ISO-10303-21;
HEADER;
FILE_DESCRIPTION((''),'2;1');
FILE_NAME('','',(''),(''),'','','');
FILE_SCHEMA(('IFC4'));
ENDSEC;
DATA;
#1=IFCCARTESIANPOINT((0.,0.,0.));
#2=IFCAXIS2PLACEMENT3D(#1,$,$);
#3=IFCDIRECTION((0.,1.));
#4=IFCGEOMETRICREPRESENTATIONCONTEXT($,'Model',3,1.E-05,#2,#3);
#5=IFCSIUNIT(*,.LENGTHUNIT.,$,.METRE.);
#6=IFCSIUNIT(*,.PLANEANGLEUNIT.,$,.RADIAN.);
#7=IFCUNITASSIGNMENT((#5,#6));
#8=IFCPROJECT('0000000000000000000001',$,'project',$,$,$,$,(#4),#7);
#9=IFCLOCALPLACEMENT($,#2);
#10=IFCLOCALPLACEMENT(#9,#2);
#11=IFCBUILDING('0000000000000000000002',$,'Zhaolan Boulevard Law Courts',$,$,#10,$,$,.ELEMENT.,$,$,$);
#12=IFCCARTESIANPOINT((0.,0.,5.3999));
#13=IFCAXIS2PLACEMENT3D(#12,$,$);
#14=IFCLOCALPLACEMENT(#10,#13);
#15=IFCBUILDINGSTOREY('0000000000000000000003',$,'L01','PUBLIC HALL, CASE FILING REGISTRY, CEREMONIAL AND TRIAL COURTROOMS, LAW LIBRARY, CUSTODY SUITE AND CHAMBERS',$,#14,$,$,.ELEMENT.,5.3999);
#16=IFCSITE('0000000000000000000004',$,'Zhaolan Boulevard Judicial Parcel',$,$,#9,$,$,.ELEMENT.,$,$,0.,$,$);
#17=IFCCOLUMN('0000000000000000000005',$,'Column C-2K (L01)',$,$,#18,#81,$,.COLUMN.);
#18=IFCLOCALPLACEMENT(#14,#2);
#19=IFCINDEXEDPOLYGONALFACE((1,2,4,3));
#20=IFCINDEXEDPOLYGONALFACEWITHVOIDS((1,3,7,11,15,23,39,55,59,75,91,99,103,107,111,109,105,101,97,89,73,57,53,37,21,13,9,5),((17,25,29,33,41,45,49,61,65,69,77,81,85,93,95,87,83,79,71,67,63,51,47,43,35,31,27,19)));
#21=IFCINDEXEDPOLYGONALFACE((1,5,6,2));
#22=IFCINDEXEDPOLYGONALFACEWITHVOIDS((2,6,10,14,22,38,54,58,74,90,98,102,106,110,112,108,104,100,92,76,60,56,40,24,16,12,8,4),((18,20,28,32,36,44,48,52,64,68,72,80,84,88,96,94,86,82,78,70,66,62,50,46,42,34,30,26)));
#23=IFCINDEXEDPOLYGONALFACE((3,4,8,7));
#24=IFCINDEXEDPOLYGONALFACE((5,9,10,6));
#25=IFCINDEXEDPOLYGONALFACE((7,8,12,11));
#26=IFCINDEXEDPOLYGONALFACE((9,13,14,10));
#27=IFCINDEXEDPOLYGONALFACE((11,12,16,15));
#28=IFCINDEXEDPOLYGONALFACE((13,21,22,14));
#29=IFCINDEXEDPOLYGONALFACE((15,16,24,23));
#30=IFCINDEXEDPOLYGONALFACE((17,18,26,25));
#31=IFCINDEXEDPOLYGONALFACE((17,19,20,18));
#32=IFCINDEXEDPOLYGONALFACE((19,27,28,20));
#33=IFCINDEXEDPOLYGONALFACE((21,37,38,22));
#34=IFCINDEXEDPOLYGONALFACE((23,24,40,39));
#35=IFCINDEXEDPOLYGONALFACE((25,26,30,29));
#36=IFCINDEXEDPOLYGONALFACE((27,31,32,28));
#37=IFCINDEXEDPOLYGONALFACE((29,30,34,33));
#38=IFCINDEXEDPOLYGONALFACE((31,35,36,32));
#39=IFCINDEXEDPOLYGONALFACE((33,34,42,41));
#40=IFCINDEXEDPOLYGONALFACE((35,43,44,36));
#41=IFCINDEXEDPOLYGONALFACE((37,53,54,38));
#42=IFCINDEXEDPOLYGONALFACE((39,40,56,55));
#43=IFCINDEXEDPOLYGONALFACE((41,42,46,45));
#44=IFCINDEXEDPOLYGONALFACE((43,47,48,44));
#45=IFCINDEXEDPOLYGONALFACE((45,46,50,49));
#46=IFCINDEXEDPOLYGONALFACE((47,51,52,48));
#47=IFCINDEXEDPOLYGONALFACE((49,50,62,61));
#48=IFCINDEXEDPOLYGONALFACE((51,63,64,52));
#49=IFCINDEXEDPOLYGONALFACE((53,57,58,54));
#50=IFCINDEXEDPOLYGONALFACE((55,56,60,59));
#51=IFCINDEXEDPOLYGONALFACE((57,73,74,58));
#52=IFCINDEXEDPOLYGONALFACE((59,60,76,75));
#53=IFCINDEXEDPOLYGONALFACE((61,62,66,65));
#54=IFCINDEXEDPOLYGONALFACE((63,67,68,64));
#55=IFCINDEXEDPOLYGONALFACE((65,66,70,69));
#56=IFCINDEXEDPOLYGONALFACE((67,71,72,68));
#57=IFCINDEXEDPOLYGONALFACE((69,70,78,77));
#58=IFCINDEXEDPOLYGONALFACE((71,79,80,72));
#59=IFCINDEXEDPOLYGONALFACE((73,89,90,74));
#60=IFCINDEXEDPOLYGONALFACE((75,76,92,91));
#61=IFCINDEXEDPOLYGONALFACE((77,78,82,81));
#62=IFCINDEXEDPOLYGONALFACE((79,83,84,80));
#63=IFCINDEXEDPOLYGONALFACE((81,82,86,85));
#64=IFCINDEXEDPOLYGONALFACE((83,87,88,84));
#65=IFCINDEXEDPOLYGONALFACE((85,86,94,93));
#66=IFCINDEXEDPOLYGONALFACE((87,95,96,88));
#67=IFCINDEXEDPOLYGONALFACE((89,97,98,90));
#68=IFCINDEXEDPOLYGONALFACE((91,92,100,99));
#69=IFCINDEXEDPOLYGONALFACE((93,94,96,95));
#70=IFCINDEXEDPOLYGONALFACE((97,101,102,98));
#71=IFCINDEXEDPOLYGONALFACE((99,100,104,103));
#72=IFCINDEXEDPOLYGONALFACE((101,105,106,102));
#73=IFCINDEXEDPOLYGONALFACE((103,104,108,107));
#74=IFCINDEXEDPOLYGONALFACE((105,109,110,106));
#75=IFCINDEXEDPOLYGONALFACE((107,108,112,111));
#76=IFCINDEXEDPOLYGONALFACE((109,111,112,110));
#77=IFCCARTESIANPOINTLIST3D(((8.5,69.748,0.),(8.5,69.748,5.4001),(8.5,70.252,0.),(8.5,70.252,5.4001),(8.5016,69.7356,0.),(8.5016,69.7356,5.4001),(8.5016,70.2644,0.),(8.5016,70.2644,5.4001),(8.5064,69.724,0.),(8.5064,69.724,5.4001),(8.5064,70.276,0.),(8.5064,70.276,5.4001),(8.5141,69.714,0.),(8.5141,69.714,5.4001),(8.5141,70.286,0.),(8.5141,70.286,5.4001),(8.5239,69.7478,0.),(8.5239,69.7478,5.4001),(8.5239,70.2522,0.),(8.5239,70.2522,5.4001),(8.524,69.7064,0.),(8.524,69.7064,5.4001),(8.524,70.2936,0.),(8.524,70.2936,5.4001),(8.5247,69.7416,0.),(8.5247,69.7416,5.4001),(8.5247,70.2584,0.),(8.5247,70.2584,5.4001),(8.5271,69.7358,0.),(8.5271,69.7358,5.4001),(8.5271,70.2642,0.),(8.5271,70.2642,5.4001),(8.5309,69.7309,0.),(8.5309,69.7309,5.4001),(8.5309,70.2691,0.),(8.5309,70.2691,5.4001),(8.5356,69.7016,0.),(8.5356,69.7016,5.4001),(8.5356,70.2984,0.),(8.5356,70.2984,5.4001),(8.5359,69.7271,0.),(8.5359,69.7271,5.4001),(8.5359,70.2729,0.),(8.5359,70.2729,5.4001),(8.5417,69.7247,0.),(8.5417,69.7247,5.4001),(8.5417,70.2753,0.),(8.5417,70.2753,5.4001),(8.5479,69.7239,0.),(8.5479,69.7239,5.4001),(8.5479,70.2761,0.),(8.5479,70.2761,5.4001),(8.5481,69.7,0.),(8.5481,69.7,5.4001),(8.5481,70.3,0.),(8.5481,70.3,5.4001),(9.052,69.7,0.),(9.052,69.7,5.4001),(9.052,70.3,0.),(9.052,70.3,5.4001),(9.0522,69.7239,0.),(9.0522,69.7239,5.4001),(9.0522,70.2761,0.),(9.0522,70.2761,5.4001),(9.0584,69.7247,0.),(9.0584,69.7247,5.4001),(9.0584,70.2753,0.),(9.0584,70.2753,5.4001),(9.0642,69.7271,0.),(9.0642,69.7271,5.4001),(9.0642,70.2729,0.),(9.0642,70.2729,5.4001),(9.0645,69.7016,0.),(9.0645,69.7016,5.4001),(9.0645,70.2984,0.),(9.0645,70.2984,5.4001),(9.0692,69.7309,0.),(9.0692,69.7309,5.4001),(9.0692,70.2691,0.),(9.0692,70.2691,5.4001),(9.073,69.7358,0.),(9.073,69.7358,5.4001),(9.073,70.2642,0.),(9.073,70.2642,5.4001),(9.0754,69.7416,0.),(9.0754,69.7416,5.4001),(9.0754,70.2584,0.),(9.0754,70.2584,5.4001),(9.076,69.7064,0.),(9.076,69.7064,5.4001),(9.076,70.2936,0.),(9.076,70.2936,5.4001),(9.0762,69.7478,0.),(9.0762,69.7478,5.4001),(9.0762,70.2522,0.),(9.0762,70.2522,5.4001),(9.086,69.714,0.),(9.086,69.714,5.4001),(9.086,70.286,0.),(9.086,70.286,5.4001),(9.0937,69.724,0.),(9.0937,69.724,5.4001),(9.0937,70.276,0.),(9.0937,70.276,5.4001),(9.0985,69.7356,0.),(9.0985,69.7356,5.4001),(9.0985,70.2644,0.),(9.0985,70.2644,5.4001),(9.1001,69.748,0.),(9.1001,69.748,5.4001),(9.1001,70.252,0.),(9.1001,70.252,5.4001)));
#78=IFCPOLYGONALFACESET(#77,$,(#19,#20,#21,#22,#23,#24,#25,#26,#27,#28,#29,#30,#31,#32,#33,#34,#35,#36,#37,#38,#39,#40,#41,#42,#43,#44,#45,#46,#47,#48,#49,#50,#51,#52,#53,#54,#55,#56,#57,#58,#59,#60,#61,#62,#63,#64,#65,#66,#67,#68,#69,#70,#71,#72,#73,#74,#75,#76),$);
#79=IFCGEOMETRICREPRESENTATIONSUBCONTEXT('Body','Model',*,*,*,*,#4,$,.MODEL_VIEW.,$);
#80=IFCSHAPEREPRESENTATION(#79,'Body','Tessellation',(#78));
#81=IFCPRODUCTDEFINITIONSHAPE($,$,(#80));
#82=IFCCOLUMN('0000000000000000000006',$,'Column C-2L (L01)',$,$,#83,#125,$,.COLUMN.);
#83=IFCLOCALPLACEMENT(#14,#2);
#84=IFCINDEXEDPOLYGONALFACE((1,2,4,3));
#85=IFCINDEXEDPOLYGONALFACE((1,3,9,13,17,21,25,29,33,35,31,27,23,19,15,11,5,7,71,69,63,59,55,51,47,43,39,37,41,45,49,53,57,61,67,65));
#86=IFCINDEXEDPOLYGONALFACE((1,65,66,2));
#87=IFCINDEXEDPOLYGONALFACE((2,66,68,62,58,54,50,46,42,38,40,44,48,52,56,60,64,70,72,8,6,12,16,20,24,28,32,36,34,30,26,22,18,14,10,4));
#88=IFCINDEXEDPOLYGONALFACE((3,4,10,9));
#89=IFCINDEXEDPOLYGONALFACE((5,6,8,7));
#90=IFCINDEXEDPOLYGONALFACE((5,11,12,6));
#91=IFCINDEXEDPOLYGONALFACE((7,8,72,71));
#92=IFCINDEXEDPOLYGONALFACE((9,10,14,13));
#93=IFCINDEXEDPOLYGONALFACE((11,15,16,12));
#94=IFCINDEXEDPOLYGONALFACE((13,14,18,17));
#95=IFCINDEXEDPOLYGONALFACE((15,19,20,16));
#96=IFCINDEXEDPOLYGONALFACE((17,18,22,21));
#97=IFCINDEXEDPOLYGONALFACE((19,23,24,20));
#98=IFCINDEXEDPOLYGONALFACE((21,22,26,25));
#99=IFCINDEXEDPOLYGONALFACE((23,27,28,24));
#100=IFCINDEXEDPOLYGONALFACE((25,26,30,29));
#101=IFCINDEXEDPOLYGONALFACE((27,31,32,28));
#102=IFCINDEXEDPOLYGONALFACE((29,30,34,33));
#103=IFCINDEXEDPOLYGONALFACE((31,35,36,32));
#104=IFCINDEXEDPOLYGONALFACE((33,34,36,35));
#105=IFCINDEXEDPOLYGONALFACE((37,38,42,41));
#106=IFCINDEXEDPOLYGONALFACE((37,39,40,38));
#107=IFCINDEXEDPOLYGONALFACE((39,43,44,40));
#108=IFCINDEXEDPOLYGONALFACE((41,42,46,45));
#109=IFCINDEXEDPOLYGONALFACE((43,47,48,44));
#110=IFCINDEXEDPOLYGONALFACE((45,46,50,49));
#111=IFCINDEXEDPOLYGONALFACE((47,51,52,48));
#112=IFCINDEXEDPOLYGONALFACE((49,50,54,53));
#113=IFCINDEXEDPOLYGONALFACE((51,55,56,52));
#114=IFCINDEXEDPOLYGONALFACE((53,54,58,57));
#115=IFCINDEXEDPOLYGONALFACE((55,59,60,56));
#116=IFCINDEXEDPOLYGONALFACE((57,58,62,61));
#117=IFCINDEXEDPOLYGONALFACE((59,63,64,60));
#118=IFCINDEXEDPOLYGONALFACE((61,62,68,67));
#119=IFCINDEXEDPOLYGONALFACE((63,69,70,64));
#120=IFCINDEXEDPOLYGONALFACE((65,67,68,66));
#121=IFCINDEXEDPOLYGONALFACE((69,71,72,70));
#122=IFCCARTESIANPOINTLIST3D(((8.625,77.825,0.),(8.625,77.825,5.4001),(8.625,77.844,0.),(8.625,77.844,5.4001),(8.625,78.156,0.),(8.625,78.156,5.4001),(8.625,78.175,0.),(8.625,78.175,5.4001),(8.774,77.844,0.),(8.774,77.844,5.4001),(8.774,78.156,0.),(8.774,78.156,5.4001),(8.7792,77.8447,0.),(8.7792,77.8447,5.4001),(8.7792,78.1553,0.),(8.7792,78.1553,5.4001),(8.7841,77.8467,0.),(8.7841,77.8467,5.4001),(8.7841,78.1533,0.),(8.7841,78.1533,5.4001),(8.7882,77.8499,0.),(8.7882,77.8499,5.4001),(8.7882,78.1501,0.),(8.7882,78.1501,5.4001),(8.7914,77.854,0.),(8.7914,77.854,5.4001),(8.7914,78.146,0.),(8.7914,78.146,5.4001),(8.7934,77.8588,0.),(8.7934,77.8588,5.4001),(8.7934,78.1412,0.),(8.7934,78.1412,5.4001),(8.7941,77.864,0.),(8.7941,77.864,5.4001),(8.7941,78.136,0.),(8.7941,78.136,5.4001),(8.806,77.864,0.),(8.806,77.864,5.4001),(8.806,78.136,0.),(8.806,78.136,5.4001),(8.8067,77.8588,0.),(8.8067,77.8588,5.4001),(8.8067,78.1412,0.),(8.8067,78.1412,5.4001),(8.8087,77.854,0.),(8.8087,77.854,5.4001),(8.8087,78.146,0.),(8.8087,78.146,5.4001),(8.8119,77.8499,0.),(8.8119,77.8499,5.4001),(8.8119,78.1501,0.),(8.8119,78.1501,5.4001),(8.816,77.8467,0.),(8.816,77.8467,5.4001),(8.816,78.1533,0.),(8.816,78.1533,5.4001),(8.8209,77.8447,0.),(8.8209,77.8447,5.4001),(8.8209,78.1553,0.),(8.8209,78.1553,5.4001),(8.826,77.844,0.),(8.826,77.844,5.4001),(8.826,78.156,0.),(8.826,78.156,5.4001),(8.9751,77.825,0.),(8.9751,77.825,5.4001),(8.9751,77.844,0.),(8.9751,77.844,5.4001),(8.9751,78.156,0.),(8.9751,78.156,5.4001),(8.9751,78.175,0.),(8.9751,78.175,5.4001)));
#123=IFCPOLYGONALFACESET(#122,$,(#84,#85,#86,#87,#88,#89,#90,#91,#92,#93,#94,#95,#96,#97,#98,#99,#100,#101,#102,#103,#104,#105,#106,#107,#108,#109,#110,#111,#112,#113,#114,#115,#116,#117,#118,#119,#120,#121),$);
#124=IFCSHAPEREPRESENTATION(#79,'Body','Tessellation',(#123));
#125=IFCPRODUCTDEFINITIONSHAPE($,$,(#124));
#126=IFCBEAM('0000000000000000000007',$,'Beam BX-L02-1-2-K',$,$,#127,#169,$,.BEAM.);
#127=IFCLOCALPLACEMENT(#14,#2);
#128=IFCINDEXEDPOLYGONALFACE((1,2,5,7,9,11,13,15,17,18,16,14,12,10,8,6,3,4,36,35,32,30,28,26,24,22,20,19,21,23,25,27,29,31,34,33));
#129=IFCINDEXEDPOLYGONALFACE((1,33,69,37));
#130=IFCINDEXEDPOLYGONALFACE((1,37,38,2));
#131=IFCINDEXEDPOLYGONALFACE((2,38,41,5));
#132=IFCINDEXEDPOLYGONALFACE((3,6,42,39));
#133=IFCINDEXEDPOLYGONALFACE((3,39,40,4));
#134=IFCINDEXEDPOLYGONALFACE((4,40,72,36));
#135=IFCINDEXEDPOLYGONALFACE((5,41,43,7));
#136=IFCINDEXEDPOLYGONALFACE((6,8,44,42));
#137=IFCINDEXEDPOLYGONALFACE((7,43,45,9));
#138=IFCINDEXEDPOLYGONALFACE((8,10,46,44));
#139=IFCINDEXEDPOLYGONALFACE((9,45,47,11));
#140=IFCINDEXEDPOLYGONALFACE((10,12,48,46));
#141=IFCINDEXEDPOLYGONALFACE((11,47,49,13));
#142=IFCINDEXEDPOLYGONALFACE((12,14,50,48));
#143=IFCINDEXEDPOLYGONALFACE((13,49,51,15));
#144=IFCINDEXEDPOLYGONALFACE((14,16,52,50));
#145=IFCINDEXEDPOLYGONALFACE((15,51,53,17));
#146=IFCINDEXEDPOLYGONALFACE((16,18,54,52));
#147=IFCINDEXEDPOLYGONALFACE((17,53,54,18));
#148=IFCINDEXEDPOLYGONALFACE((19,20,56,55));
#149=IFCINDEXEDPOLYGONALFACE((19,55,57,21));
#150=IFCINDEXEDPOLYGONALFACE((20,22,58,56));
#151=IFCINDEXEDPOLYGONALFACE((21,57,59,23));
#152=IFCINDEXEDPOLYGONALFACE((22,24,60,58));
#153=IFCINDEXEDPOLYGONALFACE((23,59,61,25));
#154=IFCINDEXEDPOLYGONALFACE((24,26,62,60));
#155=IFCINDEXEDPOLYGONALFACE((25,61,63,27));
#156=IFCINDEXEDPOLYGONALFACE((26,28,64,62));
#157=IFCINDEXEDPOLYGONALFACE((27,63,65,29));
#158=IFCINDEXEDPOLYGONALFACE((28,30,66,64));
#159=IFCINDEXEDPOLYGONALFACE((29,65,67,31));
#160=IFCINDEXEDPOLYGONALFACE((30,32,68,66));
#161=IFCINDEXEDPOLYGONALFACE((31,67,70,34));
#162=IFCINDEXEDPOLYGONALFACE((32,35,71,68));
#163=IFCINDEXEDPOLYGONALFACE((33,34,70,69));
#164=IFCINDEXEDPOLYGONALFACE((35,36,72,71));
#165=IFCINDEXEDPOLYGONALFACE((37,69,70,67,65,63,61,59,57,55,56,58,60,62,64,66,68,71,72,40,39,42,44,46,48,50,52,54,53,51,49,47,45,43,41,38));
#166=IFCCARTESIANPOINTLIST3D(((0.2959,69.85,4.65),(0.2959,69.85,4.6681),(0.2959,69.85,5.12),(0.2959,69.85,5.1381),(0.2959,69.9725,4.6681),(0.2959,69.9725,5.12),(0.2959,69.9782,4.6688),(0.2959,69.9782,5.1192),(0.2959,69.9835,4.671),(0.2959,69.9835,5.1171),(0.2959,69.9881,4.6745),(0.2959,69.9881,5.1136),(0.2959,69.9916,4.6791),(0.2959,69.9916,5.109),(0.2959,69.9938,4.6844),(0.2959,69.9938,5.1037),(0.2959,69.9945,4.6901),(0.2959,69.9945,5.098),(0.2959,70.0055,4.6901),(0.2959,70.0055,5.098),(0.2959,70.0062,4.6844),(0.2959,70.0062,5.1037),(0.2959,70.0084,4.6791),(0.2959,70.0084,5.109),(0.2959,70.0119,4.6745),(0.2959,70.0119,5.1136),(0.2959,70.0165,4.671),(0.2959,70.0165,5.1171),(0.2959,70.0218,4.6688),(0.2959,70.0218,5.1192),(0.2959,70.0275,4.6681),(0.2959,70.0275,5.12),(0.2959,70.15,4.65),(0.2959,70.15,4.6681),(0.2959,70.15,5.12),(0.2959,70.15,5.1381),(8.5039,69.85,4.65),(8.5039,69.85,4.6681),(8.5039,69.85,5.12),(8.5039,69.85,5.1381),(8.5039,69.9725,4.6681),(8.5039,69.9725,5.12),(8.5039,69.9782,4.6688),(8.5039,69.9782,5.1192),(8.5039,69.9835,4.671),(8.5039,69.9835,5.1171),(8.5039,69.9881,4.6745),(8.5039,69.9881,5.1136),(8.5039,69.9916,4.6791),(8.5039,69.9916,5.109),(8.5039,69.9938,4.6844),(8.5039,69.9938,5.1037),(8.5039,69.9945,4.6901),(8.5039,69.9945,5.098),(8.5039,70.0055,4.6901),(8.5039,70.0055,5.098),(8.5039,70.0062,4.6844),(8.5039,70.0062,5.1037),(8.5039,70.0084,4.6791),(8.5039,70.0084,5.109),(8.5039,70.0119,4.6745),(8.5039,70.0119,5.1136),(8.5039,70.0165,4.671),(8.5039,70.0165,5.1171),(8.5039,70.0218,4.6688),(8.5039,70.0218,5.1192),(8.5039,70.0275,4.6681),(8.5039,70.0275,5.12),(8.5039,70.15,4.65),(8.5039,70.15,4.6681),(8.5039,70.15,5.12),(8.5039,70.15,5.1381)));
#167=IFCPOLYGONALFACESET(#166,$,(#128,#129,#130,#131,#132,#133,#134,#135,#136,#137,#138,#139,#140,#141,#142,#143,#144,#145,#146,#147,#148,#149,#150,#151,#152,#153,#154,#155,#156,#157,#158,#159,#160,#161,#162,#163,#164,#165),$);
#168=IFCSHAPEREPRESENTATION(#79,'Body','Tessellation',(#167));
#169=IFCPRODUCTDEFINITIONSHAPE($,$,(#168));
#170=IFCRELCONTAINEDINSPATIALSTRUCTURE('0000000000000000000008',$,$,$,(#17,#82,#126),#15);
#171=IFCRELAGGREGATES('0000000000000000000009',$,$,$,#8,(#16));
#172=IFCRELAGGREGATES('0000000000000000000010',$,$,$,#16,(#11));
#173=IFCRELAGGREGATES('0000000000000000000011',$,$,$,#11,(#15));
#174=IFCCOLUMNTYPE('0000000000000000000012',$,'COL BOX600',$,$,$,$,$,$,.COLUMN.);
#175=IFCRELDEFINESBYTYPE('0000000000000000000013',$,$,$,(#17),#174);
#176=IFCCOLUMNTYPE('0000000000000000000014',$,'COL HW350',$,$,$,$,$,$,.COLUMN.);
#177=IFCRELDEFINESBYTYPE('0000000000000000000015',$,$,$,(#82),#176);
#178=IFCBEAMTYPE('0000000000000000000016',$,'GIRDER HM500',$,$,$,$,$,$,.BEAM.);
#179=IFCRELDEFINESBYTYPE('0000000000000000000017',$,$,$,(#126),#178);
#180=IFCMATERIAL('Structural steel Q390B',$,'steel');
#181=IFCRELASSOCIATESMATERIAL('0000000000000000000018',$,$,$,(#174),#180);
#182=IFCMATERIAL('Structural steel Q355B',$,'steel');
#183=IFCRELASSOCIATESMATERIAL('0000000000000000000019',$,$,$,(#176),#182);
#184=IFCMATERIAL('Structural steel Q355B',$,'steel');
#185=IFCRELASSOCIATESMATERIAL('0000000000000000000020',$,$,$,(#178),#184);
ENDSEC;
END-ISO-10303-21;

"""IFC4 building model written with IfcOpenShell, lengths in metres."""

from ifc_helpers import new_model, si_unit, direction, frame, origin, origin_2d, place, context, subcontext, project, spatial, hollow_rectangle, i_section, extrude, material, material_profile, profile_set, type_object, element, save


model = new_model("IFC4")

# Units and contexts
model_context = context("Model", 3, precision=1e-05, world=origin(), true_north=direction((0.0, 1.0)))
body_context = subcontext(model_context, "Body", "Model", "MODEL_VIEW")
ifc_project = project(units=[si_unit("LENGTHUNIT", "METRE"), si_unit("PLANEANGLEUNIT", "RADIAN")], contexts=[model_context])

# Site, building, storey
site_placement = place(None, origin())
site = spatial("IfcSite", under=ifc_project, at=site_placement, Name="Zhaolan Boulevard Judicial Parcel", CompositionType="ELEMENT", RefElevation=0.0)
building_placement = place(site_placement, origin())
building = spatial("IfcBuilding", under=site, at=building_placement, Name="Zhaolan Boulevard Law Courts", CompositionType="ELEMENT")
storey_placement = place(building_placement, frame((0.0, 0.0, 5.3999)))
storey = spatial("IfcBuildingStorey", under=building, at=storey_placement, Name="L01", Description="PUBLIC HALL, CASE FILING REGISTRY, CEREMONIAL AND TRIAL COURTROOMS, LAW LIBRARY, CUSTODY SUITE AND CHAMBERS", CompositionType="ELEMENT", Elevation=5.3999)

# Columns
ifc_material_1 = material(Name="Structural steel Q390B", Category="steel")
ifc_material_profile_1 = material_profile(ifc_material_1, hollow_rectangle(XDim=0.6001, YDim=0.6001, WallThickness=0.0239, InnerFilletRadius=0.0239, OuterFilletRadius=0.0481, at=origin_2d()), Name="BOX600x600x24")
ifc_profile_set_1 = profile_set([ifc_material_profile_1], Name="Structural steel Q390B")
column_type_1 = type_object("IfcColumnType", Name="COL BOX600", PredefinedType="COLUMN", material=ifc_profile_set_1)
column_1_placement = place(storey_placement, frame((8.8, 70.0, 0.0), z_axis=(0.0, 0.0, 1.0), x_axis=(1.0, 0.0, 0.0)))
element("IfcColumn", 1, at=column_1_placement, inside=storey, type_object=column_type_1, Name="Column C-2K (L01)", PredefinedType="COLUMN", context=body_context, shape_type="SweptSolid", body=[
    extrude(hollow_rectangle(XDim=0.6001, YDim=0.6001, WallThickness=0.0239, InnerFilletRadius=0.0239, OuterFilletRadius=0.0481, at=origin_2d()), origin(), (0.0, 0.0, 1.0), 5.4001),
])
ifc_material_2 = material(Name="Structural steel Q355B", Category="steel")
ifc_material_profile_2 = material_profile(ifc_material_2, i_section(OverallWidth=0.3501, OverallDepth=0.3501, WebThickness=0.012, FlangeThickness=0.019, FilletRadius=0.02, at=origin_2d()), Name="HW350x350")
ifc_profile_set_2 = profile_set([ifc_material_profile_2], Name="Structural steel Q355B")
column_type_2 = type_object("IfcColumnType", Name="COL HW350", PredefinedType="COLUMN", material=ifc_profile_set_2)
column_2_placement = place(storey_placement, frame((8.8, 78.0, 0.0), z_axis=(0.0, 0.0, 1.0), x_axis=(1.0, 0.0, 0.0)))
element("IfcColumn", 2, at=column_2_placement, inside=storey, type_object=column_type_2, Name="Column C-2L (L01)", PredefinedType="COLUMN", context=body_context, shape_type="SweptSolid", body=[
    extrude(i_section(OverallWidth=0.3501, OverallDepth=0.3501, WebThickness=0.012, FlangeThickness=0.019, FilletRadius=0.02, at=origin_2d()), origin(), (0.0, 0.0, 1.0), 5.4001),
])

# Beam
ifc_material_3 = material(Name="Structural steel Q355B", Category="steel")
ifc_material_profile_3 = material_profile(ifc_material_3, i_section(OverallWidth=0.3, OverallDepth=0.488, WebThickness=0.011, FlangeThickness=0.0181, FilletRadius=0.022, at=origin_2d()), Name="HM488x300")
ifc_profile_set_3 = profile_set([ifc_material_profile_3], Name="Structural steel Q355B")
beam_type_1 = type_object("IfcBeamType", Name="GIRDER HM500", PredefinedType="BEAM", material=ifc_profile_set_3)
beam_1_placement = place(storey_placement, frame((0.2959, 70.0, 4.894), z_axis=(1.0, 0.0, 0.0), x_axis=(0.0, 1.0, 0.0)))
element("IfcBeam", 3, at=beam_1_placement, inside=storey, type_object=beam_type_1, Name="Beam BX-L02-1-2-K", PredefinedType="BEAM", context=body_context, shape_type="SweptSolid", body=[
    extrude(i_section(OverallWidth=0.3, OverallDepth=0.488, WebThickness=0.011, FlangeThickness=0.0181, FilletRadius=0.022, at=origin_2d()), origin(), (0.0, 0.0, 1.0), 8.208),
])

save(model, "model.ifc")
